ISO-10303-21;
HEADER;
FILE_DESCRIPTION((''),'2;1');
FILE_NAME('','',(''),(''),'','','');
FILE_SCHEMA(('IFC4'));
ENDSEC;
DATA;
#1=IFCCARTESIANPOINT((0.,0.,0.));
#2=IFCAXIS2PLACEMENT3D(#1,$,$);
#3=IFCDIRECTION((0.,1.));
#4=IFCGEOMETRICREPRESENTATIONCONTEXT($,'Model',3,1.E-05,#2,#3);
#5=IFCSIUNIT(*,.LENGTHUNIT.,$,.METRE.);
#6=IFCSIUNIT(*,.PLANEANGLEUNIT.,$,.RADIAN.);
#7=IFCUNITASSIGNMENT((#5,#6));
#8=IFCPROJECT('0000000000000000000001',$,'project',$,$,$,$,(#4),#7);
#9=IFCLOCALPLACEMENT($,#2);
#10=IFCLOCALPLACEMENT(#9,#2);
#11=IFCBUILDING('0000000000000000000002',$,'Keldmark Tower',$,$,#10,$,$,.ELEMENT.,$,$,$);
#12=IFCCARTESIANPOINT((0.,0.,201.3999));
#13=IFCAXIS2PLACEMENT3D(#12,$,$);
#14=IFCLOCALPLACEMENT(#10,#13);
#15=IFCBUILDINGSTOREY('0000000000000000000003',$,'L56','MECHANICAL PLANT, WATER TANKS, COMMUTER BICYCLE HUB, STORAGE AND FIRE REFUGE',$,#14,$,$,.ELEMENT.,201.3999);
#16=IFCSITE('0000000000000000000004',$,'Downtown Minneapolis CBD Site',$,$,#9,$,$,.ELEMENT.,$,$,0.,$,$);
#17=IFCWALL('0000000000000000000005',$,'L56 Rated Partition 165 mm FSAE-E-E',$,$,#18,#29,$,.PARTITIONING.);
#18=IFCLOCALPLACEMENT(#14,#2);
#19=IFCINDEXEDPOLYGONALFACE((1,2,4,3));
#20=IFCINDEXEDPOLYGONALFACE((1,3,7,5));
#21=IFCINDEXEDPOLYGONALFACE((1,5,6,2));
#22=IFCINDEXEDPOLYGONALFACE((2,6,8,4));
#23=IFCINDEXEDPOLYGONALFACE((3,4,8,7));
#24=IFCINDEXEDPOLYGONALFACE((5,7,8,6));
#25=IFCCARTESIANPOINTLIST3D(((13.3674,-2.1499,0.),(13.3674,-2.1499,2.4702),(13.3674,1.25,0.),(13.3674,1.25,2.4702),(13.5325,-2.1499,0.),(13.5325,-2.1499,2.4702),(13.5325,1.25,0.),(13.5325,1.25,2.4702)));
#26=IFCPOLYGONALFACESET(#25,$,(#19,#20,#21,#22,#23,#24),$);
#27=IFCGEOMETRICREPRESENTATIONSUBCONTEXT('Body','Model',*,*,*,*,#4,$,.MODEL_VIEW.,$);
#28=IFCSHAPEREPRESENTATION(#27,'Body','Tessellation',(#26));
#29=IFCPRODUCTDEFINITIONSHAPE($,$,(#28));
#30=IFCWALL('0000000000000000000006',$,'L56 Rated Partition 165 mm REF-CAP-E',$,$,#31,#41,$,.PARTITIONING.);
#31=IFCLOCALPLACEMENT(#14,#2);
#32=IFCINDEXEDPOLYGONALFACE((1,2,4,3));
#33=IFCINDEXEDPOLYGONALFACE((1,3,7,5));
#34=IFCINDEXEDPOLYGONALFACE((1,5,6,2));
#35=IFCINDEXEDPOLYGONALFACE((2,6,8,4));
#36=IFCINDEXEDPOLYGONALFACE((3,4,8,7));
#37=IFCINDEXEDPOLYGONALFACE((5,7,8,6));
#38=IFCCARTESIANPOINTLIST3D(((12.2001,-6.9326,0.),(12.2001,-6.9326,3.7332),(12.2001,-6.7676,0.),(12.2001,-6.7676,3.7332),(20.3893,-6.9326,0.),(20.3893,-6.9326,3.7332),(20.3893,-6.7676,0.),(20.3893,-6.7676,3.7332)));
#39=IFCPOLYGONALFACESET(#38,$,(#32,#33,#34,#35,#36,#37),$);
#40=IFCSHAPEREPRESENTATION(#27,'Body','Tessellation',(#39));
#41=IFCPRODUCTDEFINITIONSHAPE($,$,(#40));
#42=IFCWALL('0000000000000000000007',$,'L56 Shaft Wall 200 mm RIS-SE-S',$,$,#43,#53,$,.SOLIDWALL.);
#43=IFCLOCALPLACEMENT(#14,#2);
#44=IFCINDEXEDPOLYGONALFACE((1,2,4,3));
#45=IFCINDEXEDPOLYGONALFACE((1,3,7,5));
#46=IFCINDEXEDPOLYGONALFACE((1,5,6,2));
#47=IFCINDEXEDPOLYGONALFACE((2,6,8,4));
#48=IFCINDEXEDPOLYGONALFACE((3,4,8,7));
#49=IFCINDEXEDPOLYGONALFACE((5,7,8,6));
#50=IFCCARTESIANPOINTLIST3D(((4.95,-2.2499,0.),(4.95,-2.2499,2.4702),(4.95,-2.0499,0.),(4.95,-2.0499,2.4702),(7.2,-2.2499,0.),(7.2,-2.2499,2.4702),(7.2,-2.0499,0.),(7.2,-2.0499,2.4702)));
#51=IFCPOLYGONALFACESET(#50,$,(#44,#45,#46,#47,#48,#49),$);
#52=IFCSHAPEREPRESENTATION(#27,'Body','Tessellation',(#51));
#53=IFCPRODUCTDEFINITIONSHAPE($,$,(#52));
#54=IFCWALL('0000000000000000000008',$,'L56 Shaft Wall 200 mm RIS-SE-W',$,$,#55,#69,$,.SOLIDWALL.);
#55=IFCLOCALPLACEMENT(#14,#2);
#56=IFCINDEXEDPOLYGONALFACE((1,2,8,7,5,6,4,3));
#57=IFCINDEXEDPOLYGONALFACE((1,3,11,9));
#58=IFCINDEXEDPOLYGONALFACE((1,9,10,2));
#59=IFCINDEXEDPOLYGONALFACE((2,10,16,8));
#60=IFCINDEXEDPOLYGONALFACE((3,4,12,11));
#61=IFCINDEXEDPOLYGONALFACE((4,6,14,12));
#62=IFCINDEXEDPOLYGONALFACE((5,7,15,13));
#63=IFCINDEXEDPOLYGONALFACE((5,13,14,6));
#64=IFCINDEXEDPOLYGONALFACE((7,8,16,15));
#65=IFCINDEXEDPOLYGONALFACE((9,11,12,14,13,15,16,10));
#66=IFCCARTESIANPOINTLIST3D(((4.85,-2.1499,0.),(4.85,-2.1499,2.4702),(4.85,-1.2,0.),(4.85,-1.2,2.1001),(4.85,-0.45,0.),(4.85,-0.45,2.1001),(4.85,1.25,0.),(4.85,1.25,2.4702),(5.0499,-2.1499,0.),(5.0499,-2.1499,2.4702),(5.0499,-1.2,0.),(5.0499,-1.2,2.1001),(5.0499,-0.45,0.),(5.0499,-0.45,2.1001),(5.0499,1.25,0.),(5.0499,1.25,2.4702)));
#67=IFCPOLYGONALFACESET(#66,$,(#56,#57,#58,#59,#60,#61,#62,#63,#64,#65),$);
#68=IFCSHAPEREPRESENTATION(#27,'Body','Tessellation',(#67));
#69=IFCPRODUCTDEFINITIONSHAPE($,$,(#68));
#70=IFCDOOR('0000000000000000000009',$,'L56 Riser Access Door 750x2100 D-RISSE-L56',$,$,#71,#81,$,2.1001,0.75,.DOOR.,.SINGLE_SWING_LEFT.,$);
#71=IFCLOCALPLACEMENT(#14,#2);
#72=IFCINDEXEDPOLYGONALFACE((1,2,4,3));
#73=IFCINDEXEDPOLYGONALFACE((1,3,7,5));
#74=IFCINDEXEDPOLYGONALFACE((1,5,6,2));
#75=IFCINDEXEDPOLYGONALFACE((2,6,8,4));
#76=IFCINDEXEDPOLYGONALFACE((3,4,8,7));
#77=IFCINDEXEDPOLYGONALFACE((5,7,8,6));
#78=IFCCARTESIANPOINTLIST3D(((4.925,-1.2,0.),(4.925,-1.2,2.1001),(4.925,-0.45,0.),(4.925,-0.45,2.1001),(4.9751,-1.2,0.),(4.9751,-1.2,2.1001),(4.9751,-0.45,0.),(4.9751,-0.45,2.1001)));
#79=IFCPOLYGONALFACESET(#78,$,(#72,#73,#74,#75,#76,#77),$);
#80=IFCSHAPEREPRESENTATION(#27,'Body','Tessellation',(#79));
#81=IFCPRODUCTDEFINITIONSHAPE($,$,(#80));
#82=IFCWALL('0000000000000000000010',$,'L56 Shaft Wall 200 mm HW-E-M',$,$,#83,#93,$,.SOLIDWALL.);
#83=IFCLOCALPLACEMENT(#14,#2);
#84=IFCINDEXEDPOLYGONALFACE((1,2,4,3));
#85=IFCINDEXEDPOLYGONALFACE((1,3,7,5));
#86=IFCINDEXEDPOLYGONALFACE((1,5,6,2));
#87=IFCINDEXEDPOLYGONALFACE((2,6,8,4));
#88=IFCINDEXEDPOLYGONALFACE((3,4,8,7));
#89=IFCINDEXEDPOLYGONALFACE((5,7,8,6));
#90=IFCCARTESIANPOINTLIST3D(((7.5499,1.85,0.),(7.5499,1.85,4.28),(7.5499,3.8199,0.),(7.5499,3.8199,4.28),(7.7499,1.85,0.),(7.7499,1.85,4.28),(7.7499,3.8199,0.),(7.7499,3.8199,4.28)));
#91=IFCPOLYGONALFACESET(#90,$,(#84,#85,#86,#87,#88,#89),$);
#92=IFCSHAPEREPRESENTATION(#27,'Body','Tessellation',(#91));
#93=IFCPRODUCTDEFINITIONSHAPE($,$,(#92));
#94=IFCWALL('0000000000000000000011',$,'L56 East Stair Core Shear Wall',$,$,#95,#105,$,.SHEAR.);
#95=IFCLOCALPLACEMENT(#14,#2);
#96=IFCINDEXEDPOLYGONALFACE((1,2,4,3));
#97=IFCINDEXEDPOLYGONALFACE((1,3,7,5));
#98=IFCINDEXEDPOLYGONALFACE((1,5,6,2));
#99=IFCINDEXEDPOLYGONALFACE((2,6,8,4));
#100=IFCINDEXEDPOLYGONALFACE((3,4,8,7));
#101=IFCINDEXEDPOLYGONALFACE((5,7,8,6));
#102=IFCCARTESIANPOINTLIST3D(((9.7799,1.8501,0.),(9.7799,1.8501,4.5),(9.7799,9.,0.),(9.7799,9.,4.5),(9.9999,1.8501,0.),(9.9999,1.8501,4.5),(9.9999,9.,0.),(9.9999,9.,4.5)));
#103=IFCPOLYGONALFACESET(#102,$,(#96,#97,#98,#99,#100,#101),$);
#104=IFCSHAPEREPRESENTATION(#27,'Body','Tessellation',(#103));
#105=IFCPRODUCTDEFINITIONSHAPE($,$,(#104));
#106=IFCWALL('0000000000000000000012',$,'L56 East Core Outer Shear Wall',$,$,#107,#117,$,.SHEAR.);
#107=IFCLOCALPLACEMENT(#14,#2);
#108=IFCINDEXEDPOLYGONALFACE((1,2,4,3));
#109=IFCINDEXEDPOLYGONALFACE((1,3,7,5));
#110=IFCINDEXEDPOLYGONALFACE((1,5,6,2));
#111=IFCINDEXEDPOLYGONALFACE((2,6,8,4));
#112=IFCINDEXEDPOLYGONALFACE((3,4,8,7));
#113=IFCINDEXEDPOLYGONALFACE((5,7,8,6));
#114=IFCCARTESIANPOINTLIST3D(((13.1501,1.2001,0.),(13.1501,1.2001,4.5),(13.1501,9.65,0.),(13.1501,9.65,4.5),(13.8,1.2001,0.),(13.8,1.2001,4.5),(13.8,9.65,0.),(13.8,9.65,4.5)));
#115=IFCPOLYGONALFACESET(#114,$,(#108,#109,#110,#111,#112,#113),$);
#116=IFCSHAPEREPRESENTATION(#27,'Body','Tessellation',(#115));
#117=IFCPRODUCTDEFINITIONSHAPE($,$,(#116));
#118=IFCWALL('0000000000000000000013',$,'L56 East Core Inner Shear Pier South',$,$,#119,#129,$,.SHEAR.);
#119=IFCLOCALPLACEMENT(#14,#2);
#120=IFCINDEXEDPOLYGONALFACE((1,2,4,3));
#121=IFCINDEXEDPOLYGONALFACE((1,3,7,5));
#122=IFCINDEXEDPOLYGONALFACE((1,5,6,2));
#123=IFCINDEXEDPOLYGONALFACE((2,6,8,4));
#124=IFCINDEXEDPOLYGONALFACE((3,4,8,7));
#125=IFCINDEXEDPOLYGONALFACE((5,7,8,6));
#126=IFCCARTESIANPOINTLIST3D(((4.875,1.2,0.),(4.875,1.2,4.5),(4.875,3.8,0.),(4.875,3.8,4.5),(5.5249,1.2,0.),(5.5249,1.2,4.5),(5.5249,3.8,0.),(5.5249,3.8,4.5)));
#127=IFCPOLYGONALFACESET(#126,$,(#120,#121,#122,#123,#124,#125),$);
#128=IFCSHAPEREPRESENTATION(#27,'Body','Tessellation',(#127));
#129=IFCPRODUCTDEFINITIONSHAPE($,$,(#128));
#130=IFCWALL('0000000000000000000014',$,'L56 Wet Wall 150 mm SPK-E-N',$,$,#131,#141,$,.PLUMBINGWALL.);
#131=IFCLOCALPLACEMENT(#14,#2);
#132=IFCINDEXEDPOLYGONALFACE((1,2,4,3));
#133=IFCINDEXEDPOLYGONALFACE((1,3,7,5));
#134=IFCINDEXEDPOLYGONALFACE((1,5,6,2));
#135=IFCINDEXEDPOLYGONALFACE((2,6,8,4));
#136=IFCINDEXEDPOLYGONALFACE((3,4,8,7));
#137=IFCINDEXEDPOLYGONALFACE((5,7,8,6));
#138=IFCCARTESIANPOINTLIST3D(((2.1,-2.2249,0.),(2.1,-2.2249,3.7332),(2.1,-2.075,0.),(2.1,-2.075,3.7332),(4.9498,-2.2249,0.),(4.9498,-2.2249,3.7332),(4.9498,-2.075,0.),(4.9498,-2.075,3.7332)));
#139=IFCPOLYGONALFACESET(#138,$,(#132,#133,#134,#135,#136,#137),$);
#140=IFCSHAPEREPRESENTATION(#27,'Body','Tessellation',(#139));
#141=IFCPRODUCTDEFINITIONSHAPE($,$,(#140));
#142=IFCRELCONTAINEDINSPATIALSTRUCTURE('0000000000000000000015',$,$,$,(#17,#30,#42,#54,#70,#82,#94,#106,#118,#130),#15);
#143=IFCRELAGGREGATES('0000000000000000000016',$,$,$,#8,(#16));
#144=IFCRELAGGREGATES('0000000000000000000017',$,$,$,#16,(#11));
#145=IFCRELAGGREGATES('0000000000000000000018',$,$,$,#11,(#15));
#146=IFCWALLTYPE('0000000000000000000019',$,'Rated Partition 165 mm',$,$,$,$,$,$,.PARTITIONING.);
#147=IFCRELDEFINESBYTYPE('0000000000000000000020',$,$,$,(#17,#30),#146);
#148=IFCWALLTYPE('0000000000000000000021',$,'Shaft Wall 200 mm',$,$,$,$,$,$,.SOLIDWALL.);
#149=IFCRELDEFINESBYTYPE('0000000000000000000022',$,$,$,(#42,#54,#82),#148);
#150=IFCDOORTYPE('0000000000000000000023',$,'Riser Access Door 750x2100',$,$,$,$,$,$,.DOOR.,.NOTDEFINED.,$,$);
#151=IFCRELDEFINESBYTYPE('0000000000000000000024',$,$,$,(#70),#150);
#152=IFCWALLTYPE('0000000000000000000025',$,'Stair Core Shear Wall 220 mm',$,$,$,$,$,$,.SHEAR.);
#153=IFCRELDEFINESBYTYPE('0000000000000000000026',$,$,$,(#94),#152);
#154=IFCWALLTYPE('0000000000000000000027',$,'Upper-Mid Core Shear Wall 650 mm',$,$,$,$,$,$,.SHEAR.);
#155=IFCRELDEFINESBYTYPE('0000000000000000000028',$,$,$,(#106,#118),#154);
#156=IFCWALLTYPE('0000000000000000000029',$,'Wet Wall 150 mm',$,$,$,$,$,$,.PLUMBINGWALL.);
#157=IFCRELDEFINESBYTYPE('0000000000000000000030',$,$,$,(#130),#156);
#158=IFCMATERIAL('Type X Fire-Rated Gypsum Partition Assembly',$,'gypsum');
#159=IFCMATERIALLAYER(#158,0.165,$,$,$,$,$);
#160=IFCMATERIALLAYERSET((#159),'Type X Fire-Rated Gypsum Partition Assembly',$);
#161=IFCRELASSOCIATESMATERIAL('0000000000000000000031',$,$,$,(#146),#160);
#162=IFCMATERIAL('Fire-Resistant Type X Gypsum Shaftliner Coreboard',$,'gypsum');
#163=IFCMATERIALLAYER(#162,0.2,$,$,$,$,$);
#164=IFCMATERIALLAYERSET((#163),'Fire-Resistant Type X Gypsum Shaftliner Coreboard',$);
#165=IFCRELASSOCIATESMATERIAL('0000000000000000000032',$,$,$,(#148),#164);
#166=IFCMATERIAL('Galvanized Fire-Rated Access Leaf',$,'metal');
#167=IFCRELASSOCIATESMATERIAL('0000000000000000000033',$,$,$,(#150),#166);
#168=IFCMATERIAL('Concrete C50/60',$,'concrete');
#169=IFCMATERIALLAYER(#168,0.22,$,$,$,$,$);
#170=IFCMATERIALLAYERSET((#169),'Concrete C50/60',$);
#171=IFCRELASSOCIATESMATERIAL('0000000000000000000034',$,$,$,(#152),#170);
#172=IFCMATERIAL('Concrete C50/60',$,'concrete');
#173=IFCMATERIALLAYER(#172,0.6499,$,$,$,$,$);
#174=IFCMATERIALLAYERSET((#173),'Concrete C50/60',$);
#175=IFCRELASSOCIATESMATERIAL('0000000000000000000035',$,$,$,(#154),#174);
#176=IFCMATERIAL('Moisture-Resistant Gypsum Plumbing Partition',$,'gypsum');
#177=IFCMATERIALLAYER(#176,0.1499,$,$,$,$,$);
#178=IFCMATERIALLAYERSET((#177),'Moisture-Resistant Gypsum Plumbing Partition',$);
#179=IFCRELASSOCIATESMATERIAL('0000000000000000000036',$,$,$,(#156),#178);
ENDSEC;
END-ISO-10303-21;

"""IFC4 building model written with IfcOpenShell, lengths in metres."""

from ifc_helpers import new_model, si_unit, direction, frame, frame_2d, origin, place, context, subcontext, project, spatial, rectangle, extrude, material, layer, layer_set, type_object, element, fill, save


model = new_model("IFC4")

# Units and contexts
model_context = context("Model", 3, precision=1e-05, world=origin(), true_north=direction((0.0, 1.0)))
body_context = subcontext(model_context, "Body", "Model", "MODEL_VIEW")
ifc_project = project(units=[si_unit("LENGTHUNIT", "METRE"), si_unit("PLANEANGLEUNIT", "RADIAN")], contexts=[model_context])

# Site, building, storey
site_placement = place(None, origin())
site = spatial("IfcSite", under=ifc_project, at=site_placement, Name="Downtown Minneapolis CBD Site", CompositionType="ELEMENT", RefElevation=0.0)
building_placement = place(site_placement, origin())
building = spatial("IfcBuilding", under=site, at=building_placement, Name="Keldmark Tower", CompositionType="ELEMENT")
storey_placement = place(building_placement, frame((0.0, 0.0, 201.3999)))
storey = spatial("IfcBuildingStorey", under=building, at=storey_placement, Name="L56", Description="MECHANICAL PLANT, WATER TANKS, COMMUTER BICYCLE HUB, STORAGE AND FIRE REFUGE", CompositionType="ELEMENT", Elevation=201.3999)

# Shared definitions
ifc_material_1 = material(Name="Type X Fire-Rated Gypsum Partition Assembly", Category="gypsum")
ifc_layer_1 = layer(ifc_material_1, 0.165)
ifc_layer_set_1 = layer_set([ifc_layer_1], Name="Type X Fire-Rated Gypsum Partition Assembly")
wall_type_1 = type_object("IfcWallType", Name="Rated Partition 165 mm", PredefinedType="PARTITIONING", material=ifc_layer_set_1)

# Wall
wall_1_placement = place(storey_placement, frame((13.45, -2.1499, 0.0), z_axis=(0.0, 0.0, 1.0), x_axis=(0.0, 1.0, 0.0)))
element("IfcWall", 1, at=wall_1_placement, inside=storey, type_object=wall_type_1, Name="L56 Rated Partition 165 mm FSAE-E-E", PredefinedType="PARTITIONING", context=body_context, shape_type="SweptSolid", body=[
    extrude(rectangle(XDim=3.3999, YDim=0.165, at=frame_2d((1.7, 0.0))), origin(), (0.0, 0.0, 1.0), 2.4702),
])

# Walls
wall_2_placement = place(storey_placement, frame((12.2, -6.8501, 0.0), z_axis=(0.0, 0.0, 1.0), x_axis=(1.0, 0.0, 0.0)))
element("IfcWall", 2, at=wall_2_placement, inside=storey, type_object=wall_type_1, Name="L56 Rated Partition 165 mm REF-CAP-E", PredefinedType="PARTITIONING", context=body_context, shape_type="SweptSolid", body=[
    extrude(rectangle(XDim=8.1892, YDim=0.165, at=frame_2d((4.0947, 0.0))), origin(), (0.0, 0.0, 1.0), 3.7332),
])
ifc_material_2 = material(Name="Fire-Resistant Type X Gypsum Shaftliner Coreboard", Category="gypsum")
ifc_layer_2 = layer(ifc_material_2, 0.2)
ifc_layer_set_2 = layer_set([ifc_layer_2], Name="Fire-Resistant Type X Gypsum Shaftliner Coreboard")
wall_type_2 = type_object("IfcWallType", Name="Shaft Wall 200 mm", PredefinedType="SOLIDWALL", material=ifc_layer_set_2)
wall_3_placement = place(storey_placement, frame((4.95, -2.1499, 0.0), z_axis=(0.0, 0.0, 1.0), x_axis=(1.0, 0.0, 0.0)))
element("IfcWall", 3, at=wall_3_placement, inside=storey, type_object=wall_type_2, Name="L56 Shaft Wall 200 mm RIS-SE-S", PredefinedType="SOLIDWALL", context=body_context, shape_type="SweptSolid", body=[
    extrude(rectangle(XDim=2.25, YDim=0.2, at=frame_2d((1.125, 0.0))), origin(), (0.0, 0.0, 1.0), 2.4702),
])

# Wall, opening, door
wall_4_placement = place(storey_placement, frame((4.95, -2.1499, 0.0), z_axis=(0.0, 0.0, 1.0), x_axis=(0.0, 1.0, 0.0)))
wall_4 = element("IfcWall", 4, at=wall_4_placement, inside=storey, type_object=wall_type_2, Name="L56 Shaft Wall 200 mm RIS-SE-W", PredefinedType="SOLIDWALL", context=body_context, shape_type="SweptSolid", body=[
    extrude(rectangle(XDim=3.3999, YDim=0.2, at=frame_2d((1.7, 0.0))), origin(), (0.0, 0.0, 1.0), 2.4702),
])
opening_1_placement = place(wall_4_placement, frame((0.95, 0.0, 0.0)))
opening_1 = element("IfcOpeningElement", 5, at=opening_1_placement, cuts=wall_4, PredefinedType="OPENING", context=body_context, shape_type="SweptSolid", body=[
    extrude(rectangle(XDim=0.75, YDim=2.1001, at=frame_2d((0.375, 1.05))), frame((0.0, 0.1099, 0.0), z_axis=(0.0, -1.0, 0.0), x_axis=(1.0, 0.0, 0.0)), (0.0, 0.0, 1.0), 0.22),
])
ifc_material_3 = material(Name="Galvanized Fire-Rated Access Leaf", Category="metal")
door_type_1 = type_object("IfcDoorType", Name="Riser Access Door 750x2100", OperationType="NOTDEFINED", PredefinedType="DOOR", material=ifc_material_3)
door_1_placement = place(opening_1_placement, origin())
door_1 = element("IfcDoor", 6, at=door_1_placement, inside=storey, type_object=door_type_1, Name="L56 Riser Access Door 750x2100 D-RISSE-L56", OperationType="SINGLE_SWING_LEFT", OverallHeight=2.1001, OverallWidth=0.75, PredefinedType="DOOR", context=body_context, shape_type="SweptSolid", body=[
    extrude(rectangle(XDim=0.75, YDim=2.1001, at=frame_2d((0.375, 1.05))), frame((0.0, 0.0249, 0.0), z_axis=(0.0, -1.0, 0.0), x_axis=(1.0, 0.0, 0.0)), (0.0, 0.0, 1.0), 0.05),
])
fill(opening_1, door_1)

# Walls
wall_5_placement = place(storey_placement, frame((7.6499, 1.8501, 0.0), z_axis=(0.0, 0.0, 1.0), x_axis=(0.0, 1.0, 0.0)))
element("IfcWall", 7, at=wall_5_placement, inside=storey, type_object=wall_type_2, Name="L56 Shaft Wall 200 mm HW-E-M", PredefinedType="SOLIDWALL", context=body_context, shape_type="SweptSolid", body=[
    extrude(rectangle(XDim=1.97, YDim=0.2, at=frame_2d((0.9849, 0.0))), origin(), (0.0, 0.0, 1.0), 4.28),
])
ifc_material_4 = material(Name="Concrete C50/60", Category="concrete")
ifc_layer_3 = layer(ifc_material_4, 0.22)
ifc_layer_set_3 = layer_set([ifc_layer_3], Name="Concrete C50/60")
wall_type_3 = type_object("IfcWallType", Name="Stair Core Shear Wall 220 mm", PredefinedType="SHEAR", material=ifc_layer_set_3)
wall_6_placement = place(storey_placement, frame((9.8899, 1.8501, 0.0), z_axis=(0.0, 0.0, 1.0), x_axis=(0.0, 1.0, 0.0)))
element("IfcWall", 8, at=wall_6_placement, inside=storey, type_object=wall_type_3, Name="L56 East Stair Core Shear Wall", PredefinedType="SHEAR", context=body_context, shape_type="SweptSolid", body=[
    extrude(rectangle(XDim=7.1499, YDim=0.22, at=frame_2d((3.575, 0.0))), origin(), (0.0, 0.0, 1.0), 4.5),
])
ifc_material_5 = material(Name="Concrete C50/60", Category="concrete")
ifc_layer_4 = layer(ifc_material_5, 0.6499)
ifc_layer_set_4 = layer_set([ifc_layer_4], Name="Concrete C50/60")
wall_type_4 = type_object("IfcWallType", Name="Upper-Mid Core Shear Wall 650 mm", PredefinedType="SHEAR", material=ifc_layer_set_4)
wall_7_placement = place(storey_placement, frame((13.4751, 1.2, 0.0), z_axis=(0.0, 0.0, 1.0), x_axis=(0.0, 1.0, 0.0)))
element("IfcWall", 9, at=wall_7_placement, inside=storey, type_object=wall_type_4, Name="L56 East Core Outer Shear Wall", PredefinedType="SHEAR", context=body_context, shape_type="SweptSolid", body=[
    extrude(rectangle(XDim=8.45, YDim=0.6499, at=frame_2d((4.2251, 0.0))), origin(), (0.0, 0.0, 1.0), 4.5),
])
wall_8_placement = place(storey_placement, frame((5.2, 1.2, 0.0), z_axis=(0.0, 0.0, 1.0), x_axis=(0.0, 1.0, 0.0)))
element("IfcWall", 10, at=wall_8_placement, inside=storey, type_object=wall_type_4, Name="L56 East Core Inner Shear Pier South", PredefinedType="SHEAR", context=body_context, shape_type="SweptSolid", body=[
    extrude(rectangle(XDim=2.6001, YDim=0.6499, at=frame_2d((1.3, 0.0))), origin(), (0.0, 0.0, 1.0), 4.5),
])
ifc_material_6 = material(Name="Moisture-Resistant Gypsum Plumbing Partition", Category="gypsum")
ifc_layer_5 = layer(ifc_material_6, 0.1499)
ifc_layer_set_5 = layer_set([ifc_layer_5], Name="Moisture-Resistant Gypsum Plumbing Partition")
wall_type_5 = type_object("IfcWallType", Name="Wet Wall 150 mm", PredefinedType="PLUMBINGWALL", material=ifc_layer_set_5)
wall_9_placement = place(storey_placement, frame((2.1001, -2.1499, 0.0), z_axis=(0.0, 0.0, 1.0), x_axis=(1.0, 0.0, 0.0)))
element("IfcWall", 11, at=wall_9_placement, inside=storey, type_object=wall_type_5, Name="L56 Wet Wall 150 mm SPK-E-N", PredefinedType="PLUMBINGWALL", context=body_context, shape_type="SweptSolid", body=[
    extrude(rectangle(XDim=2.8499, YDim=0.1499, at=frame_2d((1.4248, 0.0))), origin(), (0.0, 0.0, 1.0), 3.7332),
])

save(model, "model.ifc")
